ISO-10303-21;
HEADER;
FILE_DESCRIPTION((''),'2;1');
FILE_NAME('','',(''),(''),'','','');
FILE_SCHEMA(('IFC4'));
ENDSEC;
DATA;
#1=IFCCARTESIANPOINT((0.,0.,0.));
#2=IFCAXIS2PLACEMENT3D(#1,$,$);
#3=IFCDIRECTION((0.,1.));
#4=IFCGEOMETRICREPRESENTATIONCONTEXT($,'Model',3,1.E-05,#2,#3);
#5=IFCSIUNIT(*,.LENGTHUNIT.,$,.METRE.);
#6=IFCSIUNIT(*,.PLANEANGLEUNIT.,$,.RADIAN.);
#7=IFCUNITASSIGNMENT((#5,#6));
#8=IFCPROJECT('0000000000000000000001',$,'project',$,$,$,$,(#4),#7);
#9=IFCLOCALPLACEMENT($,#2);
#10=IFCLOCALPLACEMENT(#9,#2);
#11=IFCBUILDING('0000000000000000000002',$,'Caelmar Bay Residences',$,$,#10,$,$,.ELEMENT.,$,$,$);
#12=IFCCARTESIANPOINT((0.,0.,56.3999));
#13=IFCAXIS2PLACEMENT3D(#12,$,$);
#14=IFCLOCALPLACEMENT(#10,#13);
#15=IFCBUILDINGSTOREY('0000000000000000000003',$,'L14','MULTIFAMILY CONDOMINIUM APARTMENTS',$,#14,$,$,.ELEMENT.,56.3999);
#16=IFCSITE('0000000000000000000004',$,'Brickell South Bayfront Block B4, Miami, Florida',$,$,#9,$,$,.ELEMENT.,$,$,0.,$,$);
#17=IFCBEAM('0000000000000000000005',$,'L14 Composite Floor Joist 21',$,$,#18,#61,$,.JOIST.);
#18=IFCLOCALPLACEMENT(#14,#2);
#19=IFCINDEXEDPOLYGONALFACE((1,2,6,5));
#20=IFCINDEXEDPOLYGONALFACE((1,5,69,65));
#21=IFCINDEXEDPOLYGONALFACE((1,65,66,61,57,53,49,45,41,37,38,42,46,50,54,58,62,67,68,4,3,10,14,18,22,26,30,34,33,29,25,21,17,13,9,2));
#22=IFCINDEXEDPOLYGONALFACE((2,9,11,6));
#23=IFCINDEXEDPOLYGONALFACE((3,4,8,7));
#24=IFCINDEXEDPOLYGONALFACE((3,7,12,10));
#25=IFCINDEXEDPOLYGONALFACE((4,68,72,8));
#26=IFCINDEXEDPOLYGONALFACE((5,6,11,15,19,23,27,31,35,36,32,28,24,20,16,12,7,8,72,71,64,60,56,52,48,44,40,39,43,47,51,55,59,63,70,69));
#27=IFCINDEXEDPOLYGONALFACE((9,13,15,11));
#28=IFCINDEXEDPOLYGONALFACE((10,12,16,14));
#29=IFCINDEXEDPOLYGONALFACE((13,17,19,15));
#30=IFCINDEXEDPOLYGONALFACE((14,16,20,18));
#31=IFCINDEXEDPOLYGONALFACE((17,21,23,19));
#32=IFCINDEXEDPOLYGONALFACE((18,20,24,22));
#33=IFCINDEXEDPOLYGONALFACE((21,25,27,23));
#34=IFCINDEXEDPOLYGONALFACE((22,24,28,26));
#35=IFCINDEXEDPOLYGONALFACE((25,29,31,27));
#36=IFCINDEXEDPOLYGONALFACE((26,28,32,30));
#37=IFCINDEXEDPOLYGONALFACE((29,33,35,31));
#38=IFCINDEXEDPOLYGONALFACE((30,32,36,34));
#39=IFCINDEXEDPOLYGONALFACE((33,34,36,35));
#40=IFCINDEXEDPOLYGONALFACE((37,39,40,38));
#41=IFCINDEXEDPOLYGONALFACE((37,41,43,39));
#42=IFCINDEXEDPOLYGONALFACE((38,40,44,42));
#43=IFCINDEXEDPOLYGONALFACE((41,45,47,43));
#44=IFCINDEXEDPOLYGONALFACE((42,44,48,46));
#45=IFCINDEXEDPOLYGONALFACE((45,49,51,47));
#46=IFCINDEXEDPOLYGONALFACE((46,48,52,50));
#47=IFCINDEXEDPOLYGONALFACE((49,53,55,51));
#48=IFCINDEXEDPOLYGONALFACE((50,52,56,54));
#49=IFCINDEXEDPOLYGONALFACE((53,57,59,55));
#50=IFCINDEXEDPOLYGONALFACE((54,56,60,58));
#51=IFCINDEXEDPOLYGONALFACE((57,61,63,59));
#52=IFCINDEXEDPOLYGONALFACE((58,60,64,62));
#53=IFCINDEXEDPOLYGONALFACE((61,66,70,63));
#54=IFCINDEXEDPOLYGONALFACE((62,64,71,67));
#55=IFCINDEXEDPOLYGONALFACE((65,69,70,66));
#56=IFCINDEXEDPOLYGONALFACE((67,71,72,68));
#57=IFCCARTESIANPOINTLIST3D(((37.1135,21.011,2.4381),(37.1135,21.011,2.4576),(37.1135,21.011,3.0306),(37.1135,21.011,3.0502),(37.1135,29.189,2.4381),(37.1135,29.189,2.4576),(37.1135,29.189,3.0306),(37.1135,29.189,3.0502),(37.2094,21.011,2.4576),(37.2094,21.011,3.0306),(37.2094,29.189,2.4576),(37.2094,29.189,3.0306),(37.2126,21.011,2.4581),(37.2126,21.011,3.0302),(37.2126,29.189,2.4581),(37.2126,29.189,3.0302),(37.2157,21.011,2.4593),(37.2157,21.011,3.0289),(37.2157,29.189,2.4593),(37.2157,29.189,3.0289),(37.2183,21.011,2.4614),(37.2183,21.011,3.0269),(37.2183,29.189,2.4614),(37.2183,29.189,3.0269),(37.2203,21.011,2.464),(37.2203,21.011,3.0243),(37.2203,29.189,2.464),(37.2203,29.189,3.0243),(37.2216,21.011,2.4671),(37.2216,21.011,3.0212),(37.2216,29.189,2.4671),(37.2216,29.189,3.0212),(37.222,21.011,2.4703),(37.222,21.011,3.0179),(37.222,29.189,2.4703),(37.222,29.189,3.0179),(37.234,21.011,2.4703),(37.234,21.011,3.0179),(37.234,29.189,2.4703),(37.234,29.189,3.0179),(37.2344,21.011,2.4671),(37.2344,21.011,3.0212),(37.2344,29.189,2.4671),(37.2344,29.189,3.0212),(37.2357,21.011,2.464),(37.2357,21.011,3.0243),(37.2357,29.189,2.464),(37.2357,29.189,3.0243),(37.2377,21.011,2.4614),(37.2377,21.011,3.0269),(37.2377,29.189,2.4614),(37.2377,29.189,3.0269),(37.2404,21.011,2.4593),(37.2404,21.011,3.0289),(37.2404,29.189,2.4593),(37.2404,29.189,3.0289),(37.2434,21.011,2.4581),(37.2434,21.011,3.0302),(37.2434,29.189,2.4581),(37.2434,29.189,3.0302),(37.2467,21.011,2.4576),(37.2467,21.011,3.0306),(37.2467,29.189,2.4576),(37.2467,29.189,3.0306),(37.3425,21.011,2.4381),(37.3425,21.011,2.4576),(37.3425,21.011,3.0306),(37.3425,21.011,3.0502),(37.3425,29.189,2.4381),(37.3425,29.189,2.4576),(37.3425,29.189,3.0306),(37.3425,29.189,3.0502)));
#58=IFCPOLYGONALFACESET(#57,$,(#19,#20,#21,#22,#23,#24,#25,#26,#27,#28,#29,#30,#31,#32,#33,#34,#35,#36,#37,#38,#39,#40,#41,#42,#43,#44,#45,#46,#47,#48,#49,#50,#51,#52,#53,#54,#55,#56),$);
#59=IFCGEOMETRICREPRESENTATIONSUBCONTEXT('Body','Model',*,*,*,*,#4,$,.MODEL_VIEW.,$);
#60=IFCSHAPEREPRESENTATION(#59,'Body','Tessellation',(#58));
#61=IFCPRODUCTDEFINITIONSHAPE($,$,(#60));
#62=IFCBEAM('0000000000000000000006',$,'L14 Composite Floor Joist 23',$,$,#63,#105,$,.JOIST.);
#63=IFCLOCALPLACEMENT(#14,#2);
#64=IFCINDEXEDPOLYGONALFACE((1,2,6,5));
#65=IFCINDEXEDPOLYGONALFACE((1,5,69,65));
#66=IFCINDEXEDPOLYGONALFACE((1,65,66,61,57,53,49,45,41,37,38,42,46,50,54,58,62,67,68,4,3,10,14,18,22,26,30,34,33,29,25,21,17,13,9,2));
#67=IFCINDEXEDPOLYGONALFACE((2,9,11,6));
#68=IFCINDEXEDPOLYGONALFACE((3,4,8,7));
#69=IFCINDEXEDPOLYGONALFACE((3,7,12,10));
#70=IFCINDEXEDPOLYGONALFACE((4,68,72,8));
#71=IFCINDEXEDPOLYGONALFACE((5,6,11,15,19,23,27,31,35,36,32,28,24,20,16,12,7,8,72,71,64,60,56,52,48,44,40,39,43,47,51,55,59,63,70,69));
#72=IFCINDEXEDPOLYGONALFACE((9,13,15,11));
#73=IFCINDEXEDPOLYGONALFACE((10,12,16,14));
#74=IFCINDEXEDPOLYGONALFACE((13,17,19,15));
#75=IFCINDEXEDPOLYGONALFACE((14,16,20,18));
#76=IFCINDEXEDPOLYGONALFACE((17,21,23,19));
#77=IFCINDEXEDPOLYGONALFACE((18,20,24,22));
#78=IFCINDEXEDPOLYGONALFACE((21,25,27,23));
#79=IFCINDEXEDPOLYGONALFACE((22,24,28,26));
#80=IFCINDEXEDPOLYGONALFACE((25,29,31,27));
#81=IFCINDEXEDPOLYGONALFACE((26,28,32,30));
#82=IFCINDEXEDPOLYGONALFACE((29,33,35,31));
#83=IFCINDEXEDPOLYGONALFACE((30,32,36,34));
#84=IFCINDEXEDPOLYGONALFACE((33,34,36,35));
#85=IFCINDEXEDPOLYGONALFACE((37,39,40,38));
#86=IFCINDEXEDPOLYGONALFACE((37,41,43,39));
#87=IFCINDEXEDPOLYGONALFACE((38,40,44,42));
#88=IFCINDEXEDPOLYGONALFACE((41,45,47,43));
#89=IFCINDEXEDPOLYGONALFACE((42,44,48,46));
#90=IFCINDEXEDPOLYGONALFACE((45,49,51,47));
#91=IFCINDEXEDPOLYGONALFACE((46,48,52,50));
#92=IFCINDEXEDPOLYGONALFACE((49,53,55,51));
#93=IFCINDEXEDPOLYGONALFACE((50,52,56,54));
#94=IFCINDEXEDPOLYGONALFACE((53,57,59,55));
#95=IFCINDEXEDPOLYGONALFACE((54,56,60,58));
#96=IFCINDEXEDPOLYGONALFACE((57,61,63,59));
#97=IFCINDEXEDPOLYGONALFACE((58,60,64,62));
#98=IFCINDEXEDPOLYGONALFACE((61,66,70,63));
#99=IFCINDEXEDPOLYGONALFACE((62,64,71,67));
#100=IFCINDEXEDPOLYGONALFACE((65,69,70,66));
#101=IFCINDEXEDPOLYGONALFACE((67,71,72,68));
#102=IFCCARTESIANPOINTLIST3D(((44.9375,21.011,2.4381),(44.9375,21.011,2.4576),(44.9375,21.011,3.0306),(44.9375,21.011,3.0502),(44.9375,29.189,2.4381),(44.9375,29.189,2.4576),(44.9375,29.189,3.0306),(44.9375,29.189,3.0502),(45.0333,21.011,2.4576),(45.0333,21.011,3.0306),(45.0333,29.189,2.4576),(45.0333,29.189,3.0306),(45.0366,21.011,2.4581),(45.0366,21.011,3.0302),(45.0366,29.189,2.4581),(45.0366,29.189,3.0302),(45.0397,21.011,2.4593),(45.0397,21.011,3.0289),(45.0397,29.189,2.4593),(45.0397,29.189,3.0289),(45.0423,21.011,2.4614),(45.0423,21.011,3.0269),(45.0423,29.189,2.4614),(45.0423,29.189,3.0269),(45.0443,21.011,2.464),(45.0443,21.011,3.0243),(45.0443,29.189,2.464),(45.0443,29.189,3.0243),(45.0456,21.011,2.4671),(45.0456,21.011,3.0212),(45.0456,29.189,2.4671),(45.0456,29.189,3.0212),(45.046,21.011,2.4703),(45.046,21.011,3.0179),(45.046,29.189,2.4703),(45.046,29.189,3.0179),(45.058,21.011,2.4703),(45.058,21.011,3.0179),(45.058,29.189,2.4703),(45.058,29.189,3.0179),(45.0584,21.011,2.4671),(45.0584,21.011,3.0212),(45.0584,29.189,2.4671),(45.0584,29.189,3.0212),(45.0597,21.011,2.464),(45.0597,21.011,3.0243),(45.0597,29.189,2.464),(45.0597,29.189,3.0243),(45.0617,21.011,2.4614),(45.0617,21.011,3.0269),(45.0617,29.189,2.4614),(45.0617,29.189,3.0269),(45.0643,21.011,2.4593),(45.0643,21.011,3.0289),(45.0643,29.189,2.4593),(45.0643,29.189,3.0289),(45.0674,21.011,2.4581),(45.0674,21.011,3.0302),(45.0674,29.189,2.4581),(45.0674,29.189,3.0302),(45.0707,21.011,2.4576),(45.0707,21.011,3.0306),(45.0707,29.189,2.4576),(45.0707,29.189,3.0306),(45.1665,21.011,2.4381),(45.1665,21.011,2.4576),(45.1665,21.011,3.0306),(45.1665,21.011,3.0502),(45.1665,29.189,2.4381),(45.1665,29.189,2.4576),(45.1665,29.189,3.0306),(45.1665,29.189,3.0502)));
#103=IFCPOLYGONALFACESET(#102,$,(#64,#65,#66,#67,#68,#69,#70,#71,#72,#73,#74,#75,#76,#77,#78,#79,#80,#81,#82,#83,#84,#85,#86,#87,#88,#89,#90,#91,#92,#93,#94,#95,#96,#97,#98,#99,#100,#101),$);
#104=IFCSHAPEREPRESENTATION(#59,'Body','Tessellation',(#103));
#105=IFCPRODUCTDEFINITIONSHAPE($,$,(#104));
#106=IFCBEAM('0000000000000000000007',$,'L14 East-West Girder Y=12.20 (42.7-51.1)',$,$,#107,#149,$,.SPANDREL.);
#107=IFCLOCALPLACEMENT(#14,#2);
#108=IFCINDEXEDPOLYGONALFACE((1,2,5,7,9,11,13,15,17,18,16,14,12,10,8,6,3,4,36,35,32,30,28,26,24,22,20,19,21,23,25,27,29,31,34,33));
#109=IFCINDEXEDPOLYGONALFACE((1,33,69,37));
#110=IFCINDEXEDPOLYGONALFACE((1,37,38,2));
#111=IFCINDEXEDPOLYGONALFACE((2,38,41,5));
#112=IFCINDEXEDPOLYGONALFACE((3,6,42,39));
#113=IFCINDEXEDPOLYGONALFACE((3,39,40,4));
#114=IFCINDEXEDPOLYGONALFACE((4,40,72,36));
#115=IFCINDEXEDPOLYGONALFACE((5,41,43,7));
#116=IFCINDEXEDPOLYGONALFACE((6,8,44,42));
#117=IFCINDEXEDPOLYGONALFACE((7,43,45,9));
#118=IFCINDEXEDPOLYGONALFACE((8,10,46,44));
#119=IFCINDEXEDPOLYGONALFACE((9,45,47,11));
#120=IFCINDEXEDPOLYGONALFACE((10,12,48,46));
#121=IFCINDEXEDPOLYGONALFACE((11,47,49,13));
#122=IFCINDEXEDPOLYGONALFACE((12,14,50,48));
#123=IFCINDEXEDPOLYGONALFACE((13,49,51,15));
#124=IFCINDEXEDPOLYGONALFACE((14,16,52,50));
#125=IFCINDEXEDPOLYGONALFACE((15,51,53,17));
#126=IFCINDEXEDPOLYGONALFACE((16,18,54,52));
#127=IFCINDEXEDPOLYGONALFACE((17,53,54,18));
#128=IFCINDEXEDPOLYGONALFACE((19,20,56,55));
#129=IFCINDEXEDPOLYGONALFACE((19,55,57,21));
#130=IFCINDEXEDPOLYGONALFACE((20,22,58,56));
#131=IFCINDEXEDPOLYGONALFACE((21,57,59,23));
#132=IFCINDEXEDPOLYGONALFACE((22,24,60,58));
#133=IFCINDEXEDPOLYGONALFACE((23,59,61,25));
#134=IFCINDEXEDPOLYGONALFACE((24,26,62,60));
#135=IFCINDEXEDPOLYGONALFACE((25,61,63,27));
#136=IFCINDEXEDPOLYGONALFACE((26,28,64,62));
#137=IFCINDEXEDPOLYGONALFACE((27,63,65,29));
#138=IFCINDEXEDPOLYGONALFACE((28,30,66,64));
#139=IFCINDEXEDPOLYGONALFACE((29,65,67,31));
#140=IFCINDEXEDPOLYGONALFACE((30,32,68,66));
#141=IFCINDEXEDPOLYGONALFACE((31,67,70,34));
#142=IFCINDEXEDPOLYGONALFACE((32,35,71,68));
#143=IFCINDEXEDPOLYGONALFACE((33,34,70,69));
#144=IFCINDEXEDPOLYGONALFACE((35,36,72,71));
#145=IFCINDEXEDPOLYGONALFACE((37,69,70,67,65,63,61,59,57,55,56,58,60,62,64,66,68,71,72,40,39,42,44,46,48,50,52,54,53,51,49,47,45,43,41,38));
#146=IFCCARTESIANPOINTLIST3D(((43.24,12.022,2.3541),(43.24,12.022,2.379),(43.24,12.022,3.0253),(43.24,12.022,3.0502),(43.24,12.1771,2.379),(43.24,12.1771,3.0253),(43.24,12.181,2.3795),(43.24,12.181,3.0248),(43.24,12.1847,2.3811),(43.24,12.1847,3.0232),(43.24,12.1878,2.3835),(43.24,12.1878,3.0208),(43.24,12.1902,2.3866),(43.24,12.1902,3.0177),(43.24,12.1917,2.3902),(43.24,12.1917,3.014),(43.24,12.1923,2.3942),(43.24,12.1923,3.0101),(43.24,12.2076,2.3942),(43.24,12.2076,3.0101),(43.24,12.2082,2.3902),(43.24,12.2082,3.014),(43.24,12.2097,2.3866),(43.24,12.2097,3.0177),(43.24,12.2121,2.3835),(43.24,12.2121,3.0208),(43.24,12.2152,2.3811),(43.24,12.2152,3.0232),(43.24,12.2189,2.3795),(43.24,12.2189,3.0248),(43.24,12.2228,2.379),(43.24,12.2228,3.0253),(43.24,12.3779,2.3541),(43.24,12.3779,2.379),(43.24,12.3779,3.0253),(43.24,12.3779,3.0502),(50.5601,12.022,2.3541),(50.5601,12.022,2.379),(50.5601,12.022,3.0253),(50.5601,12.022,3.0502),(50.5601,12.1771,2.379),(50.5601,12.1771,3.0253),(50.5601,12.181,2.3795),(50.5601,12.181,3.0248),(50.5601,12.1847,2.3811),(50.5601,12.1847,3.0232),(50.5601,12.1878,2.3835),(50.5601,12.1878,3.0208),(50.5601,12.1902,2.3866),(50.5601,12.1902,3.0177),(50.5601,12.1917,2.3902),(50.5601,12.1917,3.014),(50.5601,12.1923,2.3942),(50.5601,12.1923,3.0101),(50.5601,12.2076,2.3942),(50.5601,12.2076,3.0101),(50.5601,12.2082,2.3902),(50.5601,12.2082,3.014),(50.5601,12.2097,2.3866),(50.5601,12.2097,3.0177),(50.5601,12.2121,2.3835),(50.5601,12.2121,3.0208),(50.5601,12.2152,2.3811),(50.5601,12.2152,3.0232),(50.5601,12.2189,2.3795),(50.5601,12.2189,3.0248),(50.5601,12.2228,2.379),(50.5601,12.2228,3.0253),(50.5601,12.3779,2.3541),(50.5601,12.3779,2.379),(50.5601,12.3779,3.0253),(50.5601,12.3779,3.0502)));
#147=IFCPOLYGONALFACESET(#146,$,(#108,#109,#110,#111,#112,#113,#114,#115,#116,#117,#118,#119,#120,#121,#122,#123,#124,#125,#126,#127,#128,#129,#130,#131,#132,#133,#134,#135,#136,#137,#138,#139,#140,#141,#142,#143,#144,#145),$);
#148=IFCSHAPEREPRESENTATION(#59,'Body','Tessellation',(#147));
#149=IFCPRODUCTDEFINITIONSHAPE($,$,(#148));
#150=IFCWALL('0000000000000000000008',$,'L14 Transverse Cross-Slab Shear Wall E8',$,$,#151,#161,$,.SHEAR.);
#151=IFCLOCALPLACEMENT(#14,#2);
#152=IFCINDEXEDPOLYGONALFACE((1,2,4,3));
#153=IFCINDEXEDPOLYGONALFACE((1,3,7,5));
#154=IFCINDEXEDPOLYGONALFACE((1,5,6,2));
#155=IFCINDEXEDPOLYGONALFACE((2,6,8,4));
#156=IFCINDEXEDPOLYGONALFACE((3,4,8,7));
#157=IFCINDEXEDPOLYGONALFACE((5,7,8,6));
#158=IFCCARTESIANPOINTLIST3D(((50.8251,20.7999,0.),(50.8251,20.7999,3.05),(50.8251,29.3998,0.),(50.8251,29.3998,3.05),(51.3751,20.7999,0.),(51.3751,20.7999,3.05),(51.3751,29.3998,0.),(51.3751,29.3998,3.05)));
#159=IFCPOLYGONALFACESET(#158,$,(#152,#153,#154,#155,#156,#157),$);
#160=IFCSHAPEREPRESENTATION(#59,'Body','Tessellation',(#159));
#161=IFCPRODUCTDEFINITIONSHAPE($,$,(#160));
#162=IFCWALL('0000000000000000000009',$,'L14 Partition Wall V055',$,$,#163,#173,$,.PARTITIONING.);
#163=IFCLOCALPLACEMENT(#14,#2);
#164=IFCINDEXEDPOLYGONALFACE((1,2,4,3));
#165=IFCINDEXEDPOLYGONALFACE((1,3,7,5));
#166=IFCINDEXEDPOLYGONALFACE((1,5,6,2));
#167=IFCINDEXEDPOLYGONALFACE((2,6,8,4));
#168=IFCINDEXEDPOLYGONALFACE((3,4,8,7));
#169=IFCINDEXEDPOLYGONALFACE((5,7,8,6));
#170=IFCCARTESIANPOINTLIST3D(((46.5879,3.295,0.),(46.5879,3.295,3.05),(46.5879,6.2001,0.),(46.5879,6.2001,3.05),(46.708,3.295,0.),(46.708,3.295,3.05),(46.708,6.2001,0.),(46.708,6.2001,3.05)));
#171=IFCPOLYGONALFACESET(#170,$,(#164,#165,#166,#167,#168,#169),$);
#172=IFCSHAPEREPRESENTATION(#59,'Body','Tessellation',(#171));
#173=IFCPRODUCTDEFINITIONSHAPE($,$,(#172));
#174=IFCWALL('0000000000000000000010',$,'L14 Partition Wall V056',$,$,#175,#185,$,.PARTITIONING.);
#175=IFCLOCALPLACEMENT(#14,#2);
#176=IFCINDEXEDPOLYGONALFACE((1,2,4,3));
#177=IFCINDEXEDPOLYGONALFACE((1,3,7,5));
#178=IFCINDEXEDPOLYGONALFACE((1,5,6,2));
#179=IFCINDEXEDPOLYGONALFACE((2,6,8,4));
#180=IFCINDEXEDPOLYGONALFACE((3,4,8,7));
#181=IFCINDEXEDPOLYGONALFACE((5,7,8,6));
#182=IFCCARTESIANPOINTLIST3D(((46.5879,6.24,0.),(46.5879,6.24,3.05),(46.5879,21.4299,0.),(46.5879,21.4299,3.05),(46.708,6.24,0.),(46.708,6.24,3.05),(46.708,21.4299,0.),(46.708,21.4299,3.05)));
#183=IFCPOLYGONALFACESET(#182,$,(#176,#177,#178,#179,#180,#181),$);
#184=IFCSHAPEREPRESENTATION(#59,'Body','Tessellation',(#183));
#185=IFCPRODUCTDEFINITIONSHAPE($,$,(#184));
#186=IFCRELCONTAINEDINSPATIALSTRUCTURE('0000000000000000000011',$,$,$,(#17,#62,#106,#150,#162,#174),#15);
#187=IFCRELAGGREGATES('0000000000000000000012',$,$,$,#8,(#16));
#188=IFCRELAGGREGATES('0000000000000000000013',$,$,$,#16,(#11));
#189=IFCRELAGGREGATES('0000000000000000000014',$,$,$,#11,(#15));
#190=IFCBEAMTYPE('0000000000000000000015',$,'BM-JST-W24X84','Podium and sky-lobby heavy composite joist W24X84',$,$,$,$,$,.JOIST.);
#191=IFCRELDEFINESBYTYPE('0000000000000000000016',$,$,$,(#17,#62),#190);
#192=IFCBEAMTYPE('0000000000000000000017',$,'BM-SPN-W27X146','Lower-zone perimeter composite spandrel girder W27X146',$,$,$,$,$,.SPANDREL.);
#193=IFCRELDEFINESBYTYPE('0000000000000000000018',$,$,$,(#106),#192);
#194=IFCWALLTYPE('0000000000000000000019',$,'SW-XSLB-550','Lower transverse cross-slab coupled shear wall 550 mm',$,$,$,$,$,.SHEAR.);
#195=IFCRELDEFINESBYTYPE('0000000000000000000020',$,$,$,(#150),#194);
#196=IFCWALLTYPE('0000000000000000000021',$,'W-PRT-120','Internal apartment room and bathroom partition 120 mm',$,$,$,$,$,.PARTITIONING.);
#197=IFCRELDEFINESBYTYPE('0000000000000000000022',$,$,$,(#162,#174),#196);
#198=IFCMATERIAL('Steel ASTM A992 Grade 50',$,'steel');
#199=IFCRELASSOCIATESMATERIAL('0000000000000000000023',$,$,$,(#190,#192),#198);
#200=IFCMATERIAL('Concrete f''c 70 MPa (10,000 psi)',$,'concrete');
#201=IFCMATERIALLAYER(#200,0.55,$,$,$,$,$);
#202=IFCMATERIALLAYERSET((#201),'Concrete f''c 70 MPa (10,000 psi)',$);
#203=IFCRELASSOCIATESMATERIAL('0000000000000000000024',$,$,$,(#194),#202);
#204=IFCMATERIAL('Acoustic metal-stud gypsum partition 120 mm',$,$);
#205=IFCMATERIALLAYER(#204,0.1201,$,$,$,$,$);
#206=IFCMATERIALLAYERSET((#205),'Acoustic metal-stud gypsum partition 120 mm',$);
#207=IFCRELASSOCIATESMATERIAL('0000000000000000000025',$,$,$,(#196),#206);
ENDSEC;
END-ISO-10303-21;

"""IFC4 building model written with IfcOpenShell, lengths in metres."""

from ifc_helpers import new_model, si_unit, direction, frame, frame_2d, origin, origin_2d, place, context, subcontext, project, spatial, rectangle, i_section, extrude, material, layer, layer_set, material_profile, profile_set, type_object, element, save


model = new_model("IFC4")

# Units and contexts
model_context = context("Model", 3, precision=1e-05, world=origin(), true_north=direction((0.0, 1.0)))
body_context = subcontext(model_context, "Body", "Model", "MODEL_VIEW")
ifc_project = project(units=[si_unit("LENGTHUNIT", "METRE"), si_unit("PLANEANGLEUNIT", "RADIAN")], contexts=[model_context])

# Site, building, storey
site_placement = place(None, origin())
site = spatial("IfcSite", under=ifc_project, at=site_placement, Name="Brickell South Bayfront Block B4, Miami, Florida", CompositionType="ELEMENT", RefElevation=0.0)
building_placement = place(site_placement, origin())
building = spatial("IfcBuilding", under=site, at=building_placement, Name="Caelmar Bay Residences", CompositionType="ELEMENT")
storey_placement = place(building_placement, frame((0.0, 0.0, 56.3999)))
storey = spatial("IfcBuildingStorey", under=building, at=storey_placement, Name="L14", Description="MULTIFAMILY CONDOMINIUM APARTMENTS", CompositionType="ELEMENT", Elevation=56.3999)

# Shared definitions
ifc_material_1 = material(Name="Concrete f'c 70 MPa (10,000 psi)", Category="concrete")

# Beams
ifc_material_2 = material(Name="Steel ASTM A992 Grade 50", Category="steel")
ifc_material_profile_1 = material_profile(ifc_material_2, i_section(OverallWidth=0.229, OverallDepth=0.6121, WebThickness=0.012, FlangeThickness=0.0195, FilletRadius=0.0127, at=origin_2d()), Name="W24X84")
ifc_profile_set_1 = profile_set([ifc_material_profile_1], Name="Steel ASTM A992 Grade 50")
beam_type_1 = type_object("IfcBeamType", Name="BM-JST-W24X84", Description="Podium and sky-lobby heavy composite joist W24X84", PredefinedType="JOIST", material=ifc_profile_set_1)
for number, where, z_axis, x_axis, name in (
    (1, (37.228, 21.011, 2.7441), (0.0, 1.0, 0.0), (-1.0, 0.0, 0.0), "L14 Composite Floor Joist 21"),
    (2, (45.052, 21.011, 2.7441), (0.0, 1.0, 0.0), (-1.0, 0.0, 0.0), "L14 Composite Floor Joist 23"),
):
    element("IfcBeam", number, at=place(storey_placement, frame(where, z_axis=z_axis, x_axis=x_axis)), inside=storey, type_object=beam_type_1, Name=name, PredefinedType="JOIST", context=body_context, shape_type="SweptSolid", body=[
        extrude(i_section(OverallWidth=0.229, OverallDepth=0.6121, WebThickness=0.012, FlangeThickness=0.0195, FilletRadius=0.0127, at=origin_2d()), origin(), (0.0, 0.0, 1.0), 8.178),
    ])
ifc_material_profile_2 = material_profile(ifc_material_2, i_section(OverallWidth=0.356, OverallDepth=0.696, WebThickness=0.0154, FlangeThickness=0.0249, FilletRadius=0.0151, at=origin_2d()), Name="W27X146")
ifc_profile_set_2 = profile_set([ifc_material_profile_2], Name="Steel ASTM A992 Grade 50")
beam_type_2 = type_object("IfcBeamType", Name="BM-SPN-W27X146", Description="Lower-zone perimeter composite spandrel girder W27X146", PredefinedType="SPANDREL", material=ifc_profile_set_2)
beam_1_placement = place(storey_placement, frame((43.24, 12.2, 2.7021), z_axis=(1.0, 0.0, 0.0), x_axis=(0.0, 1.0, 0.0)))
element("IfcBeam", 3, at=beam_1_placement, inside=storey, type_object=beam_type_2, Name="L14 East-West Girder Y=12.20 (42.7-51.1)", PredefinedType="SPANDREL", context=body_context, shape_type="SweptSolid", body=[
    extrude(i_section(OverallWidth=0.356, OverallDepth=0.696, WebThickness=0.0154, FlangeThickness=0.0249, FilletRadius=0.0151, at=origin_2d()), origin(), (0.0, 0.0, 1.0), 7.3201),
])

# Walls
ifc_layer_1 = layer(ifc_material_1, 0.55)
ifc_layer_set_1 = layer_set([ifc_layer_1], Name="Concrete f'c 70 MPa (10,000 psi)")
wall_type_1 = type_object("IfcWallType", Name="SW-XSLB-550", Description="Lower transverse cross-slab coupled shear wall 550 mm", PredefinedType="SHEAR", material=ifc_layer_set_1)
wall_1_placement = place(storey_placement, frame((51.1001, 20.8, 0.0), z_axis=(0.0, 0.0, 1.0), x_axis=(0.0, 1.0, 0.0)))
element("IfcWall", 4, at=wall_1_placement, inside=storey, type_object=wall_type_1, Name="L14 Transverse Cross-Slab Shear Wall E8", PredefinedType="SHEAR", context=body_context, shape_type="SweptSolid", body=[
    extrude(rectangle(XDim=8.5999, YDim=0.55, at=frame_2d((4.2998, 0.0))), origin(), (0.0, 0.0, 1.0), 3.05),
])
ifc_material_3 = material(Name="Acoustic metal-stud gypsum partition 120 mm")
ifc_layer_2 = layer(ifc_material_3, 0.1201)
ifc_layer_set_2 = layer_set([ifc_layer_2], Name="Acoustic metal-stud gypsum partition 120 mm")
wall_type_2 = type_object("IfcWallType", Name="W-PRT-120", Description="Internal apartment room and bathroom partition 120 mm", PredefinedType="PARTITIONING", material=ifc_layer_set_2)
wall_2_placement = place(storey_placement, frame((46.6479, 3.2949, 0.0), z_axis=(0.0, 0.0, 1.0), x_axis=(0.0, 1.0, 0.0)))
element("IfcWall", 5, at=wall_2_placement, inside=storey, type_object=wall_type_2, Name="L14 Partition Wall V055", PredefinedType="PARTITIONING", context=body_context, shape_type="SweptSolid", body=[
    extrude(rectangle(XDim=2.905, YDim=0.1201, at=frame_2d((1.4526, 0.0))), origin(), (0.0, 0.0, 1.0), 3.05),
])
wall_3_placement = place(storey_placement, frame((46.6479, 6.24, 0.0), z_axis=(0.0, 0.0, 1.0), x_axis=(0.0, 1.0, 0.0)))
element("IfcWall", 6, at=wall_3_placement, inside=storey, type_object=wall_type_2, Name="L14 Partition Wall V056", PredefinedType="PARTITIONING", context=body_context, shape_type="SweptSolid", body=[
    extrude(rectangle(XDim=15.1899, YDim=0.1201, at=frame_2d((7.595, 0.0))), origin(), (0.0, 0.0, 1.0), 3.05),
])

save(model, "model.ifc")
